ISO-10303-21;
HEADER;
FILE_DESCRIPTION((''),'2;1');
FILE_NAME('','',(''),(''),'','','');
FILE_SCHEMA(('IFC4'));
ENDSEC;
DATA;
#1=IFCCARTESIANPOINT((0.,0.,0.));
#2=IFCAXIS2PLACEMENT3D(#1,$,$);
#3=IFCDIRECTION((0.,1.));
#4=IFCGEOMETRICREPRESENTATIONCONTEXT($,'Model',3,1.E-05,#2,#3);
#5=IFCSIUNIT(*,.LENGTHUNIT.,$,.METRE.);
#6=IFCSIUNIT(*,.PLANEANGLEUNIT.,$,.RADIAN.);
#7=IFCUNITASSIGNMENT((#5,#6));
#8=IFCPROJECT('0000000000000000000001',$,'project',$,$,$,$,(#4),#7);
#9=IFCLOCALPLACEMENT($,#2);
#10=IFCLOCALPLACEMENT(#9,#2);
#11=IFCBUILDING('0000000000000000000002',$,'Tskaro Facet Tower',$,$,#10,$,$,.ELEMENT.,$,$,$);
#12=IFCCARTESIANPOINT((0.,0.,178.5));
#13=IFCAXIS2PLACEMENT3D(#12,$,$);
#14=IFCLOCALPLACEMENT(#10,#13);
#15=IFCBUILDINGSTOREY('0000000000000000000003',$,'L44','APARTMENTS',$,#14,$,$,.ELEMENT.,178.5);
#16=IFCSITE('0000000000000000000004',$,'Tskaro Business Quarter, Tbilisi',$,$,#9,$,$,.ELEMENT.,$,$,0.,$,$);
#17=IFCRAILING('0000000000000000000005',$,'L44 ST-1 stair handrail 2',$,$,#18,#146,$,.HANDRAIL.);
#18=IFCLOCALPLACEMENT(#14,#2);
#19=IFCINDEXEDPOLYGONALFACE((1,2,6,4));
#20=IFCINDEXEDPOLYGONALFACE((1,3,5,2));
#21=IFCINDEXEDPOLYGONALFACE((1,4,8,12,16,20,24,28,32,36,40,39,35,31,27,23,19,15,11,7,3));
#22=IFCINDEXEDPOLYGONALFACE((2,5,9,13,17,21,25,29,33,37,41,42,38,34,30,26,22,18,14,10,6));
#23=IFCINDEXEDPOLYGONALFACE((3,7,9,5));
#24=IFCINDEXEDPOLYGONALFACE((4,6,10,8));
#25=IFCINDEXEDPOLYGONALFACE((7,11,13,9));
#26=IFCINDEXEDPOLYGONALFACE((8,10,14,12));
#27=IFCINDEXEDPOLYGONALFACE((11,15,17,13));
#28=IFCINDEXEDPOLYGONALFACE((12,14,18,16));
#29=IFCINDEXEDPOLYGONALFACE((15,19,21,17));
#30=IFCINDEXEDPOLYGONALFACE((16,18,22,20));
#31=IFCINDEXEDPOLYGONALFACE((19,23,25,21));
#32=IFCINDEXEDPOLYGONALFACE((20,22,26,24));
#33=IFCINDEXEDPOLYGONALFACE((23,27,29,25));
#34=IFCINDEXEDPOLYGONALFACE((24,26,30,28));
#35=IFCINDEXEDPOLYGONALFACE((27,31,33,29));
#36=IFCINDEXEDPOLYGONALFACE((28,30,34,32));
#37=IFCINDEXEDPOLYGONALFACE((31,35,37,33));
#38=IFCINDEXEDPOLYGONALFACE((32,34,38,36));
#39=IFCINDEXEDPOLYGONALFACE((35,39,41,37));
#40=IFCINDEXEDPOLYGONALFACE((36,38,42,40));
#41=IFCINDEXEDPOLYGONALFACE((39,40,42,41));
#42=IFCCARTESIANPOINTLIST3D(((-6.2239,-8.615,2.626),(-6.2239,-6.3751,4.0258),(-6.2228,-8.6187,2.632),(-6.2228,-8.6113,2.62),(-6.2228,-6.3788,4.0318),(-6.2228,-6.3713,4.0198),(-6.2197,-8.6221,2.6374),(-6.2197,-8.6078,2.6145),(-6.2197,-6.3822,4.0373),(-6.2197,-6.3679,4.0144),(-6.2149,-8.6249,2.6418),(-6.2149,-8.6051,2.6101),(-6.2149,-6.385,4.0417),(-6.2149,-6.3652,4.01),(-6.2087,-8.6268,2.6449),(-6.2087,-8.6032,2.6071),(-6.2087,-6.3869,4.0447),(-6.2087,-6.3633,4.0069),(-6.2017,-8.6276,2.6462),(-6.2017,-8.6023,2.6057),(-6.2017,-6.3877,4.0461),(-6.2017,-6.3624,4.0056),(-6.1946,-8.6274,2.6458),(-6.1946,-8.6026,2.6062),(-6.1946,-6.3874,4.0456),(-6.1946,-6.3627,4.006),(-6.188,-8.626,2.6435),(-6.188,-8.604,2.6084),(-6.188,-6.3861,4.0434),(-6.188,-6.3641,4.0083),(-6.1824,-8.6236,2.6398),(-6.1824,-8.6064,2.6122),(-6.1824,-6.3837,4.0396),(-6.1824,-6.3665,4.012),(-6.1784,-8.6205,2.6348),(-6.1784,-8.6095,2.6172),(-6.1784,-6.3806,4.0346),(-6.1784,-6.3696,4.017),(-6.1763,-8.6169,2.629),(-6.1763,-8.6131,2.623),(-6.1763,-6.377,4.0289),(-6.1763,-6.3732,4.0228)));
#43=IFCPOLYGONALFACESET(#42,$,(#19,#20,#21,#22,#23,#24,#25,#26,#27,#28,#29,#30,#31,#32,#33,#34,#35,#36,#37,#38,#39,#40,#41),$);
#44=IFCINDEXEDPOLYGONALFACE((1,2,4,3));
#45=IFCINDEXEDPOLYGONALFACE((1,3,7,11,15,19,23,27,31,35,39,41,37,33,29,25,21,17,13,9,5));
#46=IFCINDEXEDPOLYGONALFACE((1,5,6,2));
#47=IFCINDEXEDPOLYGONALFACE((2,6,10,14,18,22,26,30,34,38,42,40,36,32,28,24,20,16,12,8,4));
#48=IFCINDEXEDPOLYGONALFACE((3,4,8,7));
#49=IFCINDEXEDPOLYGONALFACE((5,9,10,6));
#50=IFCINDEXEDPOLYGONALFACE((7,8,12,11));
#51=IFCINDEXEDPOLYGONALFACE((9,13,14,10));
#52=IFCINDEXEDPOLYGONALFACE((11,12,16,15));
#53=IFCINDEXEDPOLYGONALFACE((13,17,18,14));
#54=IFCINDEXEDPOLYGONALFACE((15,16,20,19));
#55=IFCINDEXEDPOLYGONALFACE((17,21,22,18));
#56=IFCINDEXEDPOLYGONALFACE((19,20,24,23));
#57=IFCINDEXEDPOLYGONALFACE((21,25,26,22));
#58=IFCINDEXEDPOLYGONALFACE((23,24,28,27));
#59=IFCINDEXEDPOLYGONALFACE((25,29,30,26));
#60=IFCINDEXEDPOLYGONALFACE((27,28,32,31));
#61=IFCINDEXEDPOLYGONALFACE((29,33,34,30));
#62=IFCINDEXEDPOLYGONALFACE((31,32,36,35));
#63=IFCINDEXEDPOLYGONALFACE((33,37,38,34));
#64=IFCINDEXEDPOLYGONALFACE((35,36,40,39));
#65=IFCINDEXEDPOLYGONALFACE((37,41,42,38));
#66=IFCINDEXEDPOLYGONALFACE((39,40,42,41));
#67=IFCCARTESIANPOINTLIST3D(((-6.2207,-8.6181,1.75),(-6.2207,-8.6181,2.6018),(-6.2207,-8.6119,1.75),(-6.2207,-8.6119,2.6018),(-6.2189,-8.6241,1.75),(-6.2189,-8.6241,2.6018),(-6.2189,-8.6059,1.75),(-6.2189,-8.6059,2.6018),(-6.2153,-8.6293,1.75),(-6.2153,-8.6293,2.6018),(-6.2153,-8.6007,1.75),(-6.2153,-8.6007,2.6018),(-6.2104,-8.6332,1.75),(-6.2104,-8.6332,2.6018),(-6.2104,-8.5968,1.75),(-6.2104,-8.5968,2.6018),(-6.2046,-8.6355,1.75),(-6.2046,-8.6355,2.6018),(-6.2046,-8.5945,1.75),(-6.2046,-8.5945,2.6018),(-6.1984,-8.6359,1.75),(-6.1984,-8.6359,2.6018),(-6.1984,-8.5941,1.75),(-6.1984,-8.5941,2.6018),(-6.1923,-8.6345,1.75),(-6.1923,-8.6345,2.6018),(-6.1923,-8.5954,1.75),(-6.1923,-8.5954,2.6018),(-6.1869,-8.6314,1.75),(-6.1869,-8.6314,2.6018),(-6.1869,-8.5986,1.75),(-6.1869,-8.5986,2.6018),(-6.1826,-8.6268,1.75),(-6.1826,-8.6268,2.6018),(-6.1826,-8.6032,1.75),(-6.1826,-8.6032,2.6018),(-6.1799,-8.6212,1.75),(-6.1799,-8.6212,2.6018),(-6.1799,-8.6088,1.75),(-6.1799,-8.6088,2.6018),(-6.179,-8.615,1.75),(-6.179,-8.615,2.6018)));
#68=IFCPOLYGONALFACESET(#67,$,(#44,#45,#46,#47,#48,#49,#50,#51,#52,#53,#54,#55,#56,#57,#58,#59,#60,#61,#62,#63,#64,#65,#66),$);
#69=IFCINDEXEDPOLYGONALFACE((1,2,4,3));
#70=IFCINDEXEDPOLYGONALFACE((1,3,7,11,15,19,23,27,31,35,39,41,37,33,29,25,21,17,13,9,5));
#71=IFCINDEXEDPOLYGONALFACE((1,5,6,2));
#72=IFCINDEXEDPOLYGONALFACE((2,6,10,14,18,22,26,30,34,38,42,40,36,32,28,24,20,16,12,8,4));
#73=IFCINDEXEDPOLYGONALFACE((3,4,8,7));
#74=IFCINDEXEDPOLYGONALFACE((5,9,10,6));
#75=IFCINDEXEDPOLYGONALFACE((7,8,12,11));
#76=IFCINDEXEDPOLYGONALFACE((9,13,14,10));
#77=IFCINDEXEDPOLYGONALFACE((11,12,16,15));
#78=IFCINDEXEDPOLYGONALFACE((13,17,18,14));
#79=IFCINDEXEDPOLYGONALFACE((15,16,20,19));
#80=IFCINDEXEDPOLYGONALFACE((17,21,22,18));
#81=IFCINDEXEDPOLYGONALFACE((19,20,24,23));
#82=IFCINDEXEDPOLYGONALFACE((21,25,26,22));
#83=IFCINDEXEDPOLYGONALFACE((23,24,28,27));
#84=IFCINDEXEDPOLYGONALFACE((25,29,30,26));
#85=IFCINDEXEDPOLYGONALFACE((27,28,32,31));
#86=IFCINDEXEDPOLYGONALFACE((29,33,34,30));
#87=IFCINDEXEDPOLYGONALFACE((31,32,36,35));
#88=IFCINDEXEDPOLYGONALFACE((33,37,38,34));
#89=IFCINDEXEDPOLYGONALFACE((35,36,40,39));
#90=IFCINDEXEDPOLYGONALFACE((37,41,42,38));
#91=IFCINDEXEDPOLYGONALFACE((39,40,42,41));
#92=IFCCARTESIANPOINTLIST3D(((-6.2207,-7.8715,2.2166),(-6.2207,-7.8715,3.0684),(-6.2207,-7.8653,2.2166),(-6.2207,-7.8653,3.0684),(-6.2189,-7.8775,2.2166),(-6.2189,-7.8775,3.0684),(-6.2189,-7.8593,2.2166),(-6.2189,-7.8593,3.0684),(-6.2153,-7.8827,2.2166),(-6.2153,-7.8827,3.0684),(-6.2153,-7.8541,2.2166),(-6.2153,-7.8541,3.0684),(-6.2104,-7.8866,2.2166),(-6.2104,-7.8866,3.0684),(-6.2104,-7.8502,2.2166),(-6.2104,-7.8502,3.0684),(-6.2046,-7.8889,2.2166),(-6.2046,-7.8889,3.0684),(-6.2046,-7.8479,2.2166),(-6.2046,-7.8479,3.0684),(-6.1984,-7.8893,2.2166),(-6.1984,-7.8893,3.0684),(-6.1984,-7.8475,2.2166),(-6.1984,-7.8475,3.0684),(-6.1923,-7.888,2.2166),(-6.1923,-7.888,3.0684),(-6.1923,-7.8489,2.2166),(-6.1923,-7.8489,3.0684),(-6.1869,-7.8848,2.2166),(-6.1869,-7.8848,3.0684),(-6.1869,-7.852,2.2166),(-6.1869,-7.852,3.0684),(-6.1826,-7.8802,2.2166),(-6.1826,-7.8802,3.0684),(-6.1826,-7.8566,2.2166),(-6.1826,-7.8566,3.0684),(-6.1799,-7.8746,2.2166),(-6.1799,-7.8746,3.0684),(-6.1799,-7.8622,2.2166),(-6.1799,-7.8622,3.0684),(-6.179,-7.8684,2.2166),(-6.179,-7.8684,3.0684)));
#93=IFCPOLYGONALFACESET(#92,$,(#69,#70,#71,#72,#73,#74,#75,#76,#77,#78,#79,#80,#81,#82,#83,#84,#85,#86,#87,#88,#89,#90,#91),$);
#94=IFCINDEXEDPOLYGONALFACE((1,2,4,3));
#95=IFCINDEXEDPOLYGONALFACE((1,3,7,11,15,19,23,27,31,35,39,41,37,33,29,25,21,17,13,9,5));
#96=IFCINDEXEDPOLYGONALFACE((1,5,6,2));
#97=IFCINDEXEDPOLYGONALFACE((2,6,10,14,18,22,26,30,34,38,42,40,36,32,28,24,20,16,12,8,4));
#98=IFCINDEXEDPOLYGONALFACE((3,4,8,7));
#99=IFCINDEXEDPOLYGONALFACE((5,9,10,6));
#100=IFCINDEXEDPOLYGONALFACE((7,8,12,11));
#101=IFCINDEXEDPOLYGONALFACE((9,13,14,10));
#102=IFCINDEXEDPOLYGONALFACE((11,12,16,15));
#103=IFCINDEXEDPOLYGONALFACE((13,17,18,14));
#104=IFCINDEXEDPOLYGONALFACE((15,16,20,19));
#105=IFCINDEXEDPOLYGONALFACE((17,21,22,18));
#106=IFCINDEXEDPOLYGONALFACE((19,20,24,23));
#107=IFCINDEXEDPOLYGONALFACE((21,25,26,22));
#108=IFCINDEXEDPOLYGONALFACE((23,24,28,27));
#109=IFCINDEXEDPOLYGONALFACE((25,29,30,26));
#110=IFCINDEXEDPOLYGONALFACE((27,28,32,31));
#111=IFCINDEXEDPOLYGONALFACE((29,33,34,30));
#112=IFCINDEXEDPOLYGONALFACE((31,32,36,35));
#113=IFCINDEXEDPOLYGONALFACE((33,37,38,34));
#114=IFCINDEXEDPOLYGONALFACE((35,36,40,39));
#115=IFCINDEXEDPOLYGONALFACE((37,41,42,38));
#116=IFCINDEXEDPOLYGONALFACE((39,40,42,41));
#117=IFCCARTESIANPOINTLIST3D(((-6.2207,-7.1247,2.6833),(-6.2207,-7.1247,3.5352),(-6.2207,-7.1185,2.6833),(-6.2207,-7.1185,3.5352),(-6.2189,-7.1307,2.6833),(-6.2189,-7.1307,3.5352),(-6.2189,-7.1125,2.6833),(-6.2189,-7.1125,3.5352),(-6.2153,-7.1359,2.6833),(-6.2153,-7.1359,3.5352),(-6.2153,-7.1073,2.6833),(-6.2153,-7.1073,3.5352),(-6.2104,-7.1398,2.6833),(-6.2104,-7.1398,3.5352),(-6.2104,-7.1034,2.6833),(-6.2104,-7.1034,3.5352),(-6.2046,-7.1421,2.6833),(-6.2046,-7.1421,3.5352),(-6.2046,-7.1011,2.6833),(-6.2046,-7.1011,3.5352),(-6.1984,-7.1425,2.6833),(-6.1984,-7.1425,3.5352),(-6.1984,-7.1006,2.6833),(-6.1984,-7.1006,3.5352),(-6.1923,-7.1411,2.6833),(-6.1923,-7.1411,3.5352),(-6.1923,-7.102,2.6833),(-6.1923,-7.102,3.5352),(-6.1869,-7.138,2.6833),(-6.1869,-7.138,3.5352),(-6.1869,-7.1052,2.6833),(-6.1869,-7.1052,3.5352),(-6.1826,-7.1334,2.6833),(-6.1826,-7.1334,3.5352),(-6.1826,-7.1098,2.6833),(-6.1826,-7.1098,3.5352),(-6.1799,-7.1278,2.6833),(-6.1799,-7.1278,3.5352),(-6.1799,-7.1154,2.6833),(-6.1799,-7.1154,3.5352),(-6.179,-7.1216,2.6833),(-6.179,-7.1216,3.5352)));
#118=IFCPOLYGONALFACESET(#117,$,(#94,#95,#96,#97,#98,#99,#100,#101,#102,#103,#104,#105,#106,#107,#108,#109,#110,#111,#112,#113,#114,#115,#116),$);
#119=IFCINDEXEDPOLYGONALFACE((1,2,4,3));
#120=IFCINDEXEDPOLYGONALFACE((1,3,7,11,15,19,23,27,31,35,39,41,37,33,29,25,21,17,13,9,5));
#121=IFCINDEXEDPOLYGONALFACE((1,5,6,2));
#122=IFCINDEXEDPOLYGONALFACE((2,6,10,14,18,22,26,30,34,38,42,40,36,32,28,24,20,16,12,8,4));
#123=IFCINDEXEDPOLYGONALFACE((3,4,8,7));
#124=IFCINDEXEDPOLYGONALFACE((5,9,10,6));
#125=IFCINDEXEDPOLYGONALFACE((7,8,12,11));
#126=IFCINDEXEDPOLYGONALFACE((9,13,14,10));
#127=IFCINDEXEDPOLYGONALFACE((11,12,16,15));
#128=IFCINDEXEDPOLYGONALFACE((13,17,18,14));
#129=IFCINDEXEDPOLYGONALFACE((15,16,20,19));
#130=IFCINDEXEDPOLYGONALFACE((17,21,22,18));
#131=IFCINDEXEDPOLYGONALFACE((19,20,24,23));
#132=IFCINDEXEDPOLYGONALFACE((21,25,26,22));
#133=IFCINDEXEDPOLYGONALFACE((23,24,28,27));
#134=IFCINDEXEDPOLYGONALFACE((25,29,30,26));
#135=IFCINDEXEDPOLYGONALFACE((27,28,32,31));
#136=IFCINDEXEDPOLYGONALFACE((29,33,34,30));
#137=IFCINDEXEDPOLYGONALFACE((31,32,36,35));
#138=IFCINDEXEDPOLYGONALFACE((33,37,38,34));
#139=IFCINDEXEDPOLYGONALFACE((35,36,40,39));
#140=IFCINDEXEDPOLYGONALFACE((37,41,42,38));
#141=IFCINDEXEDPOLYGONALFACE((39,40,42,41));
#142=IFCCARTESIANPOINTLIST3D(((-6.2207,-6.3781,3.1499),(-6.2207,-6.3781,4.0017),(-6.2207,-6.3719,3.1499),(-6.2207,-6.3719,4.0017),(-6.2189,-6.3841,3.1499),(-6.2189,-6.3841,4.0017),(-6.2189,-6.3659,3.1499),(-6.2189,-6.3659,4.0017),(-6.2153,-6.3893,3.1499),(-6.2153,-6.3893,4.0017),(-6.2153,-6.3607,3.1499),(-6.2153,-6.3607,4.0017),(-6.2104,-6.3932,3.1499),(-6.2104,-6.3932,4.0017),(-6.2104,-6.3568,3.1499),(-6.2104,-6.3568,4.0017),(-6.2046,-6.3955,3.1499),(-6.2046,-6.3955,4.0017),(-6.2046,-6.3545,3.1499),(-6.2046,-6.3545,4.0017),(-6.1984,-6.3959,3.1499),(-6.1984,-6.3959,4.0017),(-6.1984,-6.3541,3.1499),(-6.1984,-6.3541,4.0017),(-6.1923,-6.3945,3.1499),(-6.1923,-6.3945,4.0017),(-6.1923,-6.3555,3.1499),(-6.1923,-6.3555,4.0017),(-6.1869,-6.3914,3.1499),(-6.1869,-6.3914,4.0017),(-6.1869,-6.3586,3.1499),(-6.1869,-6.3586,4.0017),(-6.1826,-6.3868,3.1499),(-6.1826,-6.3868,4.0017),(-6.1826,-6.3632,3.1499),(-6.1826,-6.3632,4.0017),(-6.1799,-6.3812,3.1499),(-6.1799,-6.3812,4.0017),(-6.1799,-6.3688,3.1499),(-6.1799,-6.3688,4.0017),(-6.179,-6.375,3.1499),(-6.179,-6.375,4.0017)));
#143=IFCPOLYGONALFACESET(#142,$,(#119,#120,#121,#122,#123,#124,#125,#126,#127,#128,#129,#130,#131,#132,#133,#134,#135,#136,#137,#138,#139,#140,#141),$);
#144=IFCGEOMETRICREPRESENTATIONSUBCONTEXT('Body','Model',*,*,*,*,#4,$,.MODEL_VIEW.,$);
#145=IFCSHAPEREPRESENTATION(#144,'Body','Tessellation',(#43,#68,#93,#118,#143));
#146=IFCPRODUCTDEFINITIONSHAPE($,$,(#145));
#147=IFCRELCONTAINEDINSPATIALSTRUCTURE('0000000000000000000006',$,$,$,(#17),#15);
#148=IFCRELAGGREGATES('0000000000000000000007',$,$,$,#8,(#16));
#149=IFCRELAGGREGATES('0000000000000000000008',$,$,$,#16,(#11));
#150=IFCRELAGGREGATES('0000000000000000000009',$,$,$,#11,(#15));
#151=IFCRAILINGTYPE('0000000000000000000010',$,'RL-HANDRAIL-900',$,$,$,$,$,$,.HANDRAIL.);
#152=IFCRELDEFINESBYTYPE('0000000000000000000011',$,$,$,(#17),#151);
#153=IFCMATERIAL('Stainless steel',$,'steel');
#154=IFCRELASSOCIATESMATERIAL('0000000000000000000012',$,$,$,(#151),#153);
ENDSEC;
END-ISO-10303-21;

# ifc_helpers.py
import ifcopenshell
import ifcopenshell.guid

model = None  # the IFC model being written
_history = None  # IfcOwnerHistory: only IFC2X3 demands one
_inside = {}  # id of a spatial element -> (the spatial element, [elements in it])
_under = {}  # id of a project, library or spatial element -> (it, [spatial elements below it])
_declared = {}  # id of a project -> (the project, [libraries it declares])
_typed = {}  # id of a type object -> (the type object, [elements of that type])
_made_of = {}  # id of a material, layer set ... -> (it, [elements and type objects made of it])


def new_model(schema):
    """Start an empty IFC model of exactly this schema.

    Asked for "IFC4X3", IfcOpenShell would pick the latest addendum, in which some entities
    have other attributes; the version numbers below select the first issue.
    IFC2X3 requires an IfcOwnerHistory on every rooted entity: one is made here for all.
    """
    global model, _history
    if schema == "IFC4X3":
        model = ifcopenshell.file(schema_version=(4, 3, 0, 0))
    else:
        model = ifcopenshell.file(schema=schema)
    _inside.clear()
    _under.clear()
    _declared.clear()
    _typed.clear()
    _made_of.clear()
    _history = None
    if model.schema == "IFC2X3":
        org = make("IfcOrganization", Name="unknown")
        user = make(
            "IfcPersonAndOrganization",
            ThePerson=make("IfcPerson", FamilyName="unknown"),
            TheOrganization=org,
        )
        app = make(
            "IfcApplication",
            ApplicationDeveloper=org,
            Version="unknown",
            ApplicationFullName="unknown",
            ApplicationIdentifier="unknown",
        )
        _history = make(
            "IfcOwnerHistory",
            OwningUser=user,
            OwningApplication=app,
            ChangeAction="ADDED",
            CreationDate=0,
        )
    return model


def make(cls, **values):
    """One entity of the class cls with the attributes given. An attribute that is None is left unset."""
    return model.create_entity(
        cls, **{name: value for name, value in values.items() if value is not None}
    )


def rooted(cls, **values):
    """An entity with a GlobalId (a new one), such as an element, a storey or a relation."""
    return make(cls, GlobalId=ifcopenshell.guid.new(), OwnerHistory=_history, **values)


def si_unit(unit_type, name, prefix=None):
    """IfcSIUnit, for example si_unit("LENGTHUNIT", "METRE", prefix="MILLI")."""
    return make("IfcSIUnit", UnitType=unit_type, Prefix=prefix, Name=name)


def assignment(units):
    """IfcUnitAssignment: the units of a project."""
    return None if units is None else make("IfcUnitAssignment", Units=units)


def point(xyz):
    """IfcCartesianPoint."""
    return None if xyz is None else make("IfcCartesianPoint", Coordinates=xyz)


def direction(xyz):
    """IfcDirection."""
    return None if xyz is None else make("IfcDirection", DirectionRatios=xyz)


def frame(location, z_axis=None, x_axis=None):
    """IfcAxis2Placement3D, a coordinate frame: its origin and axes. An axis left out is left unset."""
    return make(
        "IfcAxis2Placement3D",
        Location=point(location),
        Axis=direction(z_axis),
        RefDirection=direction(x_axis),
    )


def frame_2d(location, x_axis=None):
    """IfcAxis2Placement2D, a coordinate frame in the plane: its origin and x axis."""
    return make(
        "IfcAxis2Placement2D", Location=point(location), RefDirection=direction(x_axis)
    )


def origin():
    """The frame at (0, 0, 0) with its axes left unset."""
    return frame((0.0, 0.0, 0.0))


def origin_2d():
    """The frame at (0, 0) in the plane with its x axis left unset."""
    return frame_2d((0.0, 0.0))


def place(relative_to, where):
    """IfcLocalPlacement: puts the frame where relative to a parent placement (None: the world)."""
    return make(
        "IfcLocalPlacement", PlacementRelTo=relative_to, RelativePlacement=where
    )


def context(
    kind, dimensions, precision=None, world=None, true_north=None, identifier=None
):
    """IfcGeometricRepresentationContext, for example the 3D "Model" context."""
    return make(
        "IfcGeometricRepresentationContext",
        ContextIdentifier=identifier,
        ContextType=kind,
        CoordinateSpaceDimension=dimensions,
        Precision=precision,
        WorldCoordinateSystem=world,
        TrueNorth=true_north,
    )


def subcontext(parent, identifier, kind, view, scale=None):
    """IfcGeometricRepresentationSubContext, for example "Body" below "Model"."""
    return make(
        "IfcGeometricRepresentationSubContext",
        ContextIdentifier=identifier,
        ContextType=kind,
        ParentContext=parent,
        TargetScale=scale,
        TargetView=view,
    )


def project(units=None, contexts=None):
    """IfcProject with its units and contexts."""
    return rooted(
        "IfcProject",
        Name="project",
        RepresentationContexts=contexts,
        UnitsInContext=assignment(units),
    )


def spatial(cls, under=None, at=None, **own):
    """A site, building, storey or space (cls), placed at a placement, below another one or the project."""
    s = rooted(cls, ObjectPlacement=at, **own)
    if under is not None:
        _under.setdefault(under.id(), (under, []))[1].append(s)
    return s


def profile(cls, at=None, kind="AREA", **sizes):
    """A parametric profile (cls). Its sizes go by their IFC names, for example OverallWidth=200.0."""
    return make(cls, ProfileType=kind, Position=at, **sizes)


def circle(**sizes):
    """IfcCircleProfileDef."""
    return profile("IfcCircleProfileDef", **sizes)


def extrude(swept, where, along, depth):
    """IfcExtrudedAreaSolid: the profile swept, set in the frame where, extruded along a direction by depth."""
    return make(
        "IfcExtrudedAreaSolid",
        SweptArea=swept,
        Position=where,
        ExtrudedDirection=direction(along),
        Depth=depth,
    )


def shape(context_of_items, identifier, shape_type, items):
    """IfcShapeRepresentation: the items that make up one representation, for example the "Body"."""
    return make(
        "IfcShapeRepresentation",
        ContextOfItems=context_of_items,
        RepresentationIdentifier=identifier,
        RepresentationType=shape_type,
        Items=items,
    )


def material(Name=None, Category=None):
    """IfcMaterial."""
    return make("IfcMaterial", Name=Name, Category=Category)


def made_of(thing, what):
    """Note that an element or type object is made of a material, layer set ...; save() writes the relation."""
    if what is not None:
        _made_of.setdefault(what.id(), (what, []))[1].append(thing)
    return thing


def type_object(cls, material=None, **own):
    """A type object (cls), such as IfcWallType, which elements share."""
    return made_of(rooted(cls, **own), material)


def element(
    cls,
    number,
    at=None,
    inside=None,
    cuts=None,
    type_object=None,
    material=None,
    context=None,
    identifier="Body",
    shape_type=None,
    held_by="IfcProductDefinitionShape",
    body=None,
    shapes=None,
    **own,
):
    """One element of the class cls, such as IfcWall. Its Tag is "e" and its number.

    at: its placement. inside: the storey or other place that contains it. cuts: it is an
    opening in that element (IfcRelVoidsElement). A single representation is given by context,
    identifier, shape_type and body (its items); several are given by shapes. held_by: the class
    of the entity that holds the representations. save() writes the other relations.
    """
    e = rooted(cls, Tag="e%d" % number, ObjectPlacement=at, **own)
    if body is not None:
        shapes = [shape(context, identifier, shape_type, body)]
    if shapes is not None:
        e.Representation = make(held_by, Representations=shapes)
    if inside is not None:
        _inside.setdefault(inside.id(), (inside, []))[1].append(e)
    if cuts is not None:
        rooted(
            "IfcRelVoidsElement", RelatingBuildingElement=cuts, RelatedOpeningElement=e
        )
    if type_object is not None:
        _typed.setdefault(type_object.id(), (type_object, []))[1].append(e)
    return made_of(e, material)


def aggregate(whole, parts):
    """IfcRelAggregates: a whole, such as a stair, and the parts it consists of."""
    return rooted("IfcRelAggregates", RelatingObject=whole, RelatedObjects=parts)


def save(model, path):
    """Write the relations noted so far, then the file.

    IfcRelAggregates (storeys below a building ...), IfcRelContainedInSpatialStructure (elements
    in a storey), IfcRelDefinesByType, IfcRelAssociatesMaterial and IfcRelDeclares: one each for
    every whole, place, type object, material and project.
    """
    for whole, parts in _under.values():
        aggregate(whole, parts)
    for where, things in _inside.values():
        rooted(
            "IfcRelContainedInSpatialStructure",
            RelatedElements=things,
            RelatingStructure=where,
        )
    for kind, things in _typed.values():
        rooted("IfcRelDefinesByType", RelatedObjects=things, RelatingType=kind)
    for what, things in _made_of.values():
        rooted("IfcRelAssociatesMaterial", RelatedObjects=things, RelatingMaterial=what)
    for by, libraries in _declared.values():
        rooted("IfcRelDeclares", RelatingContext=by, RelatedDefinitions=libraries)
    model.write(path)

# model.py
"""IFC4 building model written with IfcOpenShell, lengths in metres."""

from ifc_helpers import new_model, si_unit, direction, frame, origin, origin_2d, place, context, subcontext, project, spatial, circle, extrude, material, type_object, element, save


model = new_model("IFC4")

# Units and contexts
model_context = context("Model", 3, precision=1e-05, world=origin(), true_north=direction((0.0, 1.0)))
body_context = subcontext(model_context, "Body", "Model", "MODEL_VIEW")
ifc_project = project(units=[si_unit("LENGTHUNIT", "METRE"), si_unit("PLANEANGLEUNIT", "RADIAN")], contexts=[model_context])

# Site, building, storey
site_placement = place(None, origin())
site = spatial("IfcSite", under=ifc_project, at=site_placement, Name="Tskaro Business Quarter, Tbilisi", CompositionType="ELEMENT", RefElevation=0.0)
building_placement = place(site_placement, origin())
building = spatial("IfcBuilding", under=site, at=building_placement, Name="Tskaro Facet Tower", CompositionType="ELEMENT")
storey_placement = place(building_placement, frame((0.0, 0.0, 178.5)))
storey = spatial("IfcBuildingStorey", under=building, at=storey_placement, Name="L44", Description="APARTMENTS", CompositionType="ELEMENT", Elevation=178.5)

# Shared definitions
ifc_material_1 = material(Name="Stainless steel", Category="steel")

# Railing
railing_type_1 = type_object("IfcRailingType", Name="RL-HANDRAIL-900", PredefinedType="HANDRAIL", material=ifc_material_1)
railing_1_placement = place(storey_placement, frame((-6.2, -8.615, 1.75)))
element("IfcRailing", 1, at=railing_1_placement, inside=storey, type_object=railing_type_1, Name="L44 ST-1 stair handrail 2", PredefinedType="HANDRAIL", context=body_context, shape_type="SweptSolid", body=[
    extrude(circle(Radius=0.0239, at=origin_2d()), frame((0.0, 0.0, 0.876), z_axis=(0.0, 0.848014, 0.529974), x_axis=(-1.0, 0.0, 0.0)), (0.0, 0.0, 1.0), 2.6414),
    extrude(circle(Radius=0.021, at=origin_2d()), origin(), (0.0, 0.0, 1.0), 0.8518),
    extrude(circle(Radius=0.021, at=origin_2d()), frame((0.0, 0.7466, 0.4666)), (0.0, 0.0, 1.0), 0.8518),
    extrude(circle(Radius=0.021, at=origin_2d()), frame((0.0, 1.4934, 0.9333)), (0.0, 0.0, 1.0), 0.8518),
    extrude(circle(Radius=0.021, at=origin_2d()), frame((0.0, 2.24, 1.3999)), (0.0, 0.0, 1.0), 0.8518),
])

save(model, "model.ifc")
